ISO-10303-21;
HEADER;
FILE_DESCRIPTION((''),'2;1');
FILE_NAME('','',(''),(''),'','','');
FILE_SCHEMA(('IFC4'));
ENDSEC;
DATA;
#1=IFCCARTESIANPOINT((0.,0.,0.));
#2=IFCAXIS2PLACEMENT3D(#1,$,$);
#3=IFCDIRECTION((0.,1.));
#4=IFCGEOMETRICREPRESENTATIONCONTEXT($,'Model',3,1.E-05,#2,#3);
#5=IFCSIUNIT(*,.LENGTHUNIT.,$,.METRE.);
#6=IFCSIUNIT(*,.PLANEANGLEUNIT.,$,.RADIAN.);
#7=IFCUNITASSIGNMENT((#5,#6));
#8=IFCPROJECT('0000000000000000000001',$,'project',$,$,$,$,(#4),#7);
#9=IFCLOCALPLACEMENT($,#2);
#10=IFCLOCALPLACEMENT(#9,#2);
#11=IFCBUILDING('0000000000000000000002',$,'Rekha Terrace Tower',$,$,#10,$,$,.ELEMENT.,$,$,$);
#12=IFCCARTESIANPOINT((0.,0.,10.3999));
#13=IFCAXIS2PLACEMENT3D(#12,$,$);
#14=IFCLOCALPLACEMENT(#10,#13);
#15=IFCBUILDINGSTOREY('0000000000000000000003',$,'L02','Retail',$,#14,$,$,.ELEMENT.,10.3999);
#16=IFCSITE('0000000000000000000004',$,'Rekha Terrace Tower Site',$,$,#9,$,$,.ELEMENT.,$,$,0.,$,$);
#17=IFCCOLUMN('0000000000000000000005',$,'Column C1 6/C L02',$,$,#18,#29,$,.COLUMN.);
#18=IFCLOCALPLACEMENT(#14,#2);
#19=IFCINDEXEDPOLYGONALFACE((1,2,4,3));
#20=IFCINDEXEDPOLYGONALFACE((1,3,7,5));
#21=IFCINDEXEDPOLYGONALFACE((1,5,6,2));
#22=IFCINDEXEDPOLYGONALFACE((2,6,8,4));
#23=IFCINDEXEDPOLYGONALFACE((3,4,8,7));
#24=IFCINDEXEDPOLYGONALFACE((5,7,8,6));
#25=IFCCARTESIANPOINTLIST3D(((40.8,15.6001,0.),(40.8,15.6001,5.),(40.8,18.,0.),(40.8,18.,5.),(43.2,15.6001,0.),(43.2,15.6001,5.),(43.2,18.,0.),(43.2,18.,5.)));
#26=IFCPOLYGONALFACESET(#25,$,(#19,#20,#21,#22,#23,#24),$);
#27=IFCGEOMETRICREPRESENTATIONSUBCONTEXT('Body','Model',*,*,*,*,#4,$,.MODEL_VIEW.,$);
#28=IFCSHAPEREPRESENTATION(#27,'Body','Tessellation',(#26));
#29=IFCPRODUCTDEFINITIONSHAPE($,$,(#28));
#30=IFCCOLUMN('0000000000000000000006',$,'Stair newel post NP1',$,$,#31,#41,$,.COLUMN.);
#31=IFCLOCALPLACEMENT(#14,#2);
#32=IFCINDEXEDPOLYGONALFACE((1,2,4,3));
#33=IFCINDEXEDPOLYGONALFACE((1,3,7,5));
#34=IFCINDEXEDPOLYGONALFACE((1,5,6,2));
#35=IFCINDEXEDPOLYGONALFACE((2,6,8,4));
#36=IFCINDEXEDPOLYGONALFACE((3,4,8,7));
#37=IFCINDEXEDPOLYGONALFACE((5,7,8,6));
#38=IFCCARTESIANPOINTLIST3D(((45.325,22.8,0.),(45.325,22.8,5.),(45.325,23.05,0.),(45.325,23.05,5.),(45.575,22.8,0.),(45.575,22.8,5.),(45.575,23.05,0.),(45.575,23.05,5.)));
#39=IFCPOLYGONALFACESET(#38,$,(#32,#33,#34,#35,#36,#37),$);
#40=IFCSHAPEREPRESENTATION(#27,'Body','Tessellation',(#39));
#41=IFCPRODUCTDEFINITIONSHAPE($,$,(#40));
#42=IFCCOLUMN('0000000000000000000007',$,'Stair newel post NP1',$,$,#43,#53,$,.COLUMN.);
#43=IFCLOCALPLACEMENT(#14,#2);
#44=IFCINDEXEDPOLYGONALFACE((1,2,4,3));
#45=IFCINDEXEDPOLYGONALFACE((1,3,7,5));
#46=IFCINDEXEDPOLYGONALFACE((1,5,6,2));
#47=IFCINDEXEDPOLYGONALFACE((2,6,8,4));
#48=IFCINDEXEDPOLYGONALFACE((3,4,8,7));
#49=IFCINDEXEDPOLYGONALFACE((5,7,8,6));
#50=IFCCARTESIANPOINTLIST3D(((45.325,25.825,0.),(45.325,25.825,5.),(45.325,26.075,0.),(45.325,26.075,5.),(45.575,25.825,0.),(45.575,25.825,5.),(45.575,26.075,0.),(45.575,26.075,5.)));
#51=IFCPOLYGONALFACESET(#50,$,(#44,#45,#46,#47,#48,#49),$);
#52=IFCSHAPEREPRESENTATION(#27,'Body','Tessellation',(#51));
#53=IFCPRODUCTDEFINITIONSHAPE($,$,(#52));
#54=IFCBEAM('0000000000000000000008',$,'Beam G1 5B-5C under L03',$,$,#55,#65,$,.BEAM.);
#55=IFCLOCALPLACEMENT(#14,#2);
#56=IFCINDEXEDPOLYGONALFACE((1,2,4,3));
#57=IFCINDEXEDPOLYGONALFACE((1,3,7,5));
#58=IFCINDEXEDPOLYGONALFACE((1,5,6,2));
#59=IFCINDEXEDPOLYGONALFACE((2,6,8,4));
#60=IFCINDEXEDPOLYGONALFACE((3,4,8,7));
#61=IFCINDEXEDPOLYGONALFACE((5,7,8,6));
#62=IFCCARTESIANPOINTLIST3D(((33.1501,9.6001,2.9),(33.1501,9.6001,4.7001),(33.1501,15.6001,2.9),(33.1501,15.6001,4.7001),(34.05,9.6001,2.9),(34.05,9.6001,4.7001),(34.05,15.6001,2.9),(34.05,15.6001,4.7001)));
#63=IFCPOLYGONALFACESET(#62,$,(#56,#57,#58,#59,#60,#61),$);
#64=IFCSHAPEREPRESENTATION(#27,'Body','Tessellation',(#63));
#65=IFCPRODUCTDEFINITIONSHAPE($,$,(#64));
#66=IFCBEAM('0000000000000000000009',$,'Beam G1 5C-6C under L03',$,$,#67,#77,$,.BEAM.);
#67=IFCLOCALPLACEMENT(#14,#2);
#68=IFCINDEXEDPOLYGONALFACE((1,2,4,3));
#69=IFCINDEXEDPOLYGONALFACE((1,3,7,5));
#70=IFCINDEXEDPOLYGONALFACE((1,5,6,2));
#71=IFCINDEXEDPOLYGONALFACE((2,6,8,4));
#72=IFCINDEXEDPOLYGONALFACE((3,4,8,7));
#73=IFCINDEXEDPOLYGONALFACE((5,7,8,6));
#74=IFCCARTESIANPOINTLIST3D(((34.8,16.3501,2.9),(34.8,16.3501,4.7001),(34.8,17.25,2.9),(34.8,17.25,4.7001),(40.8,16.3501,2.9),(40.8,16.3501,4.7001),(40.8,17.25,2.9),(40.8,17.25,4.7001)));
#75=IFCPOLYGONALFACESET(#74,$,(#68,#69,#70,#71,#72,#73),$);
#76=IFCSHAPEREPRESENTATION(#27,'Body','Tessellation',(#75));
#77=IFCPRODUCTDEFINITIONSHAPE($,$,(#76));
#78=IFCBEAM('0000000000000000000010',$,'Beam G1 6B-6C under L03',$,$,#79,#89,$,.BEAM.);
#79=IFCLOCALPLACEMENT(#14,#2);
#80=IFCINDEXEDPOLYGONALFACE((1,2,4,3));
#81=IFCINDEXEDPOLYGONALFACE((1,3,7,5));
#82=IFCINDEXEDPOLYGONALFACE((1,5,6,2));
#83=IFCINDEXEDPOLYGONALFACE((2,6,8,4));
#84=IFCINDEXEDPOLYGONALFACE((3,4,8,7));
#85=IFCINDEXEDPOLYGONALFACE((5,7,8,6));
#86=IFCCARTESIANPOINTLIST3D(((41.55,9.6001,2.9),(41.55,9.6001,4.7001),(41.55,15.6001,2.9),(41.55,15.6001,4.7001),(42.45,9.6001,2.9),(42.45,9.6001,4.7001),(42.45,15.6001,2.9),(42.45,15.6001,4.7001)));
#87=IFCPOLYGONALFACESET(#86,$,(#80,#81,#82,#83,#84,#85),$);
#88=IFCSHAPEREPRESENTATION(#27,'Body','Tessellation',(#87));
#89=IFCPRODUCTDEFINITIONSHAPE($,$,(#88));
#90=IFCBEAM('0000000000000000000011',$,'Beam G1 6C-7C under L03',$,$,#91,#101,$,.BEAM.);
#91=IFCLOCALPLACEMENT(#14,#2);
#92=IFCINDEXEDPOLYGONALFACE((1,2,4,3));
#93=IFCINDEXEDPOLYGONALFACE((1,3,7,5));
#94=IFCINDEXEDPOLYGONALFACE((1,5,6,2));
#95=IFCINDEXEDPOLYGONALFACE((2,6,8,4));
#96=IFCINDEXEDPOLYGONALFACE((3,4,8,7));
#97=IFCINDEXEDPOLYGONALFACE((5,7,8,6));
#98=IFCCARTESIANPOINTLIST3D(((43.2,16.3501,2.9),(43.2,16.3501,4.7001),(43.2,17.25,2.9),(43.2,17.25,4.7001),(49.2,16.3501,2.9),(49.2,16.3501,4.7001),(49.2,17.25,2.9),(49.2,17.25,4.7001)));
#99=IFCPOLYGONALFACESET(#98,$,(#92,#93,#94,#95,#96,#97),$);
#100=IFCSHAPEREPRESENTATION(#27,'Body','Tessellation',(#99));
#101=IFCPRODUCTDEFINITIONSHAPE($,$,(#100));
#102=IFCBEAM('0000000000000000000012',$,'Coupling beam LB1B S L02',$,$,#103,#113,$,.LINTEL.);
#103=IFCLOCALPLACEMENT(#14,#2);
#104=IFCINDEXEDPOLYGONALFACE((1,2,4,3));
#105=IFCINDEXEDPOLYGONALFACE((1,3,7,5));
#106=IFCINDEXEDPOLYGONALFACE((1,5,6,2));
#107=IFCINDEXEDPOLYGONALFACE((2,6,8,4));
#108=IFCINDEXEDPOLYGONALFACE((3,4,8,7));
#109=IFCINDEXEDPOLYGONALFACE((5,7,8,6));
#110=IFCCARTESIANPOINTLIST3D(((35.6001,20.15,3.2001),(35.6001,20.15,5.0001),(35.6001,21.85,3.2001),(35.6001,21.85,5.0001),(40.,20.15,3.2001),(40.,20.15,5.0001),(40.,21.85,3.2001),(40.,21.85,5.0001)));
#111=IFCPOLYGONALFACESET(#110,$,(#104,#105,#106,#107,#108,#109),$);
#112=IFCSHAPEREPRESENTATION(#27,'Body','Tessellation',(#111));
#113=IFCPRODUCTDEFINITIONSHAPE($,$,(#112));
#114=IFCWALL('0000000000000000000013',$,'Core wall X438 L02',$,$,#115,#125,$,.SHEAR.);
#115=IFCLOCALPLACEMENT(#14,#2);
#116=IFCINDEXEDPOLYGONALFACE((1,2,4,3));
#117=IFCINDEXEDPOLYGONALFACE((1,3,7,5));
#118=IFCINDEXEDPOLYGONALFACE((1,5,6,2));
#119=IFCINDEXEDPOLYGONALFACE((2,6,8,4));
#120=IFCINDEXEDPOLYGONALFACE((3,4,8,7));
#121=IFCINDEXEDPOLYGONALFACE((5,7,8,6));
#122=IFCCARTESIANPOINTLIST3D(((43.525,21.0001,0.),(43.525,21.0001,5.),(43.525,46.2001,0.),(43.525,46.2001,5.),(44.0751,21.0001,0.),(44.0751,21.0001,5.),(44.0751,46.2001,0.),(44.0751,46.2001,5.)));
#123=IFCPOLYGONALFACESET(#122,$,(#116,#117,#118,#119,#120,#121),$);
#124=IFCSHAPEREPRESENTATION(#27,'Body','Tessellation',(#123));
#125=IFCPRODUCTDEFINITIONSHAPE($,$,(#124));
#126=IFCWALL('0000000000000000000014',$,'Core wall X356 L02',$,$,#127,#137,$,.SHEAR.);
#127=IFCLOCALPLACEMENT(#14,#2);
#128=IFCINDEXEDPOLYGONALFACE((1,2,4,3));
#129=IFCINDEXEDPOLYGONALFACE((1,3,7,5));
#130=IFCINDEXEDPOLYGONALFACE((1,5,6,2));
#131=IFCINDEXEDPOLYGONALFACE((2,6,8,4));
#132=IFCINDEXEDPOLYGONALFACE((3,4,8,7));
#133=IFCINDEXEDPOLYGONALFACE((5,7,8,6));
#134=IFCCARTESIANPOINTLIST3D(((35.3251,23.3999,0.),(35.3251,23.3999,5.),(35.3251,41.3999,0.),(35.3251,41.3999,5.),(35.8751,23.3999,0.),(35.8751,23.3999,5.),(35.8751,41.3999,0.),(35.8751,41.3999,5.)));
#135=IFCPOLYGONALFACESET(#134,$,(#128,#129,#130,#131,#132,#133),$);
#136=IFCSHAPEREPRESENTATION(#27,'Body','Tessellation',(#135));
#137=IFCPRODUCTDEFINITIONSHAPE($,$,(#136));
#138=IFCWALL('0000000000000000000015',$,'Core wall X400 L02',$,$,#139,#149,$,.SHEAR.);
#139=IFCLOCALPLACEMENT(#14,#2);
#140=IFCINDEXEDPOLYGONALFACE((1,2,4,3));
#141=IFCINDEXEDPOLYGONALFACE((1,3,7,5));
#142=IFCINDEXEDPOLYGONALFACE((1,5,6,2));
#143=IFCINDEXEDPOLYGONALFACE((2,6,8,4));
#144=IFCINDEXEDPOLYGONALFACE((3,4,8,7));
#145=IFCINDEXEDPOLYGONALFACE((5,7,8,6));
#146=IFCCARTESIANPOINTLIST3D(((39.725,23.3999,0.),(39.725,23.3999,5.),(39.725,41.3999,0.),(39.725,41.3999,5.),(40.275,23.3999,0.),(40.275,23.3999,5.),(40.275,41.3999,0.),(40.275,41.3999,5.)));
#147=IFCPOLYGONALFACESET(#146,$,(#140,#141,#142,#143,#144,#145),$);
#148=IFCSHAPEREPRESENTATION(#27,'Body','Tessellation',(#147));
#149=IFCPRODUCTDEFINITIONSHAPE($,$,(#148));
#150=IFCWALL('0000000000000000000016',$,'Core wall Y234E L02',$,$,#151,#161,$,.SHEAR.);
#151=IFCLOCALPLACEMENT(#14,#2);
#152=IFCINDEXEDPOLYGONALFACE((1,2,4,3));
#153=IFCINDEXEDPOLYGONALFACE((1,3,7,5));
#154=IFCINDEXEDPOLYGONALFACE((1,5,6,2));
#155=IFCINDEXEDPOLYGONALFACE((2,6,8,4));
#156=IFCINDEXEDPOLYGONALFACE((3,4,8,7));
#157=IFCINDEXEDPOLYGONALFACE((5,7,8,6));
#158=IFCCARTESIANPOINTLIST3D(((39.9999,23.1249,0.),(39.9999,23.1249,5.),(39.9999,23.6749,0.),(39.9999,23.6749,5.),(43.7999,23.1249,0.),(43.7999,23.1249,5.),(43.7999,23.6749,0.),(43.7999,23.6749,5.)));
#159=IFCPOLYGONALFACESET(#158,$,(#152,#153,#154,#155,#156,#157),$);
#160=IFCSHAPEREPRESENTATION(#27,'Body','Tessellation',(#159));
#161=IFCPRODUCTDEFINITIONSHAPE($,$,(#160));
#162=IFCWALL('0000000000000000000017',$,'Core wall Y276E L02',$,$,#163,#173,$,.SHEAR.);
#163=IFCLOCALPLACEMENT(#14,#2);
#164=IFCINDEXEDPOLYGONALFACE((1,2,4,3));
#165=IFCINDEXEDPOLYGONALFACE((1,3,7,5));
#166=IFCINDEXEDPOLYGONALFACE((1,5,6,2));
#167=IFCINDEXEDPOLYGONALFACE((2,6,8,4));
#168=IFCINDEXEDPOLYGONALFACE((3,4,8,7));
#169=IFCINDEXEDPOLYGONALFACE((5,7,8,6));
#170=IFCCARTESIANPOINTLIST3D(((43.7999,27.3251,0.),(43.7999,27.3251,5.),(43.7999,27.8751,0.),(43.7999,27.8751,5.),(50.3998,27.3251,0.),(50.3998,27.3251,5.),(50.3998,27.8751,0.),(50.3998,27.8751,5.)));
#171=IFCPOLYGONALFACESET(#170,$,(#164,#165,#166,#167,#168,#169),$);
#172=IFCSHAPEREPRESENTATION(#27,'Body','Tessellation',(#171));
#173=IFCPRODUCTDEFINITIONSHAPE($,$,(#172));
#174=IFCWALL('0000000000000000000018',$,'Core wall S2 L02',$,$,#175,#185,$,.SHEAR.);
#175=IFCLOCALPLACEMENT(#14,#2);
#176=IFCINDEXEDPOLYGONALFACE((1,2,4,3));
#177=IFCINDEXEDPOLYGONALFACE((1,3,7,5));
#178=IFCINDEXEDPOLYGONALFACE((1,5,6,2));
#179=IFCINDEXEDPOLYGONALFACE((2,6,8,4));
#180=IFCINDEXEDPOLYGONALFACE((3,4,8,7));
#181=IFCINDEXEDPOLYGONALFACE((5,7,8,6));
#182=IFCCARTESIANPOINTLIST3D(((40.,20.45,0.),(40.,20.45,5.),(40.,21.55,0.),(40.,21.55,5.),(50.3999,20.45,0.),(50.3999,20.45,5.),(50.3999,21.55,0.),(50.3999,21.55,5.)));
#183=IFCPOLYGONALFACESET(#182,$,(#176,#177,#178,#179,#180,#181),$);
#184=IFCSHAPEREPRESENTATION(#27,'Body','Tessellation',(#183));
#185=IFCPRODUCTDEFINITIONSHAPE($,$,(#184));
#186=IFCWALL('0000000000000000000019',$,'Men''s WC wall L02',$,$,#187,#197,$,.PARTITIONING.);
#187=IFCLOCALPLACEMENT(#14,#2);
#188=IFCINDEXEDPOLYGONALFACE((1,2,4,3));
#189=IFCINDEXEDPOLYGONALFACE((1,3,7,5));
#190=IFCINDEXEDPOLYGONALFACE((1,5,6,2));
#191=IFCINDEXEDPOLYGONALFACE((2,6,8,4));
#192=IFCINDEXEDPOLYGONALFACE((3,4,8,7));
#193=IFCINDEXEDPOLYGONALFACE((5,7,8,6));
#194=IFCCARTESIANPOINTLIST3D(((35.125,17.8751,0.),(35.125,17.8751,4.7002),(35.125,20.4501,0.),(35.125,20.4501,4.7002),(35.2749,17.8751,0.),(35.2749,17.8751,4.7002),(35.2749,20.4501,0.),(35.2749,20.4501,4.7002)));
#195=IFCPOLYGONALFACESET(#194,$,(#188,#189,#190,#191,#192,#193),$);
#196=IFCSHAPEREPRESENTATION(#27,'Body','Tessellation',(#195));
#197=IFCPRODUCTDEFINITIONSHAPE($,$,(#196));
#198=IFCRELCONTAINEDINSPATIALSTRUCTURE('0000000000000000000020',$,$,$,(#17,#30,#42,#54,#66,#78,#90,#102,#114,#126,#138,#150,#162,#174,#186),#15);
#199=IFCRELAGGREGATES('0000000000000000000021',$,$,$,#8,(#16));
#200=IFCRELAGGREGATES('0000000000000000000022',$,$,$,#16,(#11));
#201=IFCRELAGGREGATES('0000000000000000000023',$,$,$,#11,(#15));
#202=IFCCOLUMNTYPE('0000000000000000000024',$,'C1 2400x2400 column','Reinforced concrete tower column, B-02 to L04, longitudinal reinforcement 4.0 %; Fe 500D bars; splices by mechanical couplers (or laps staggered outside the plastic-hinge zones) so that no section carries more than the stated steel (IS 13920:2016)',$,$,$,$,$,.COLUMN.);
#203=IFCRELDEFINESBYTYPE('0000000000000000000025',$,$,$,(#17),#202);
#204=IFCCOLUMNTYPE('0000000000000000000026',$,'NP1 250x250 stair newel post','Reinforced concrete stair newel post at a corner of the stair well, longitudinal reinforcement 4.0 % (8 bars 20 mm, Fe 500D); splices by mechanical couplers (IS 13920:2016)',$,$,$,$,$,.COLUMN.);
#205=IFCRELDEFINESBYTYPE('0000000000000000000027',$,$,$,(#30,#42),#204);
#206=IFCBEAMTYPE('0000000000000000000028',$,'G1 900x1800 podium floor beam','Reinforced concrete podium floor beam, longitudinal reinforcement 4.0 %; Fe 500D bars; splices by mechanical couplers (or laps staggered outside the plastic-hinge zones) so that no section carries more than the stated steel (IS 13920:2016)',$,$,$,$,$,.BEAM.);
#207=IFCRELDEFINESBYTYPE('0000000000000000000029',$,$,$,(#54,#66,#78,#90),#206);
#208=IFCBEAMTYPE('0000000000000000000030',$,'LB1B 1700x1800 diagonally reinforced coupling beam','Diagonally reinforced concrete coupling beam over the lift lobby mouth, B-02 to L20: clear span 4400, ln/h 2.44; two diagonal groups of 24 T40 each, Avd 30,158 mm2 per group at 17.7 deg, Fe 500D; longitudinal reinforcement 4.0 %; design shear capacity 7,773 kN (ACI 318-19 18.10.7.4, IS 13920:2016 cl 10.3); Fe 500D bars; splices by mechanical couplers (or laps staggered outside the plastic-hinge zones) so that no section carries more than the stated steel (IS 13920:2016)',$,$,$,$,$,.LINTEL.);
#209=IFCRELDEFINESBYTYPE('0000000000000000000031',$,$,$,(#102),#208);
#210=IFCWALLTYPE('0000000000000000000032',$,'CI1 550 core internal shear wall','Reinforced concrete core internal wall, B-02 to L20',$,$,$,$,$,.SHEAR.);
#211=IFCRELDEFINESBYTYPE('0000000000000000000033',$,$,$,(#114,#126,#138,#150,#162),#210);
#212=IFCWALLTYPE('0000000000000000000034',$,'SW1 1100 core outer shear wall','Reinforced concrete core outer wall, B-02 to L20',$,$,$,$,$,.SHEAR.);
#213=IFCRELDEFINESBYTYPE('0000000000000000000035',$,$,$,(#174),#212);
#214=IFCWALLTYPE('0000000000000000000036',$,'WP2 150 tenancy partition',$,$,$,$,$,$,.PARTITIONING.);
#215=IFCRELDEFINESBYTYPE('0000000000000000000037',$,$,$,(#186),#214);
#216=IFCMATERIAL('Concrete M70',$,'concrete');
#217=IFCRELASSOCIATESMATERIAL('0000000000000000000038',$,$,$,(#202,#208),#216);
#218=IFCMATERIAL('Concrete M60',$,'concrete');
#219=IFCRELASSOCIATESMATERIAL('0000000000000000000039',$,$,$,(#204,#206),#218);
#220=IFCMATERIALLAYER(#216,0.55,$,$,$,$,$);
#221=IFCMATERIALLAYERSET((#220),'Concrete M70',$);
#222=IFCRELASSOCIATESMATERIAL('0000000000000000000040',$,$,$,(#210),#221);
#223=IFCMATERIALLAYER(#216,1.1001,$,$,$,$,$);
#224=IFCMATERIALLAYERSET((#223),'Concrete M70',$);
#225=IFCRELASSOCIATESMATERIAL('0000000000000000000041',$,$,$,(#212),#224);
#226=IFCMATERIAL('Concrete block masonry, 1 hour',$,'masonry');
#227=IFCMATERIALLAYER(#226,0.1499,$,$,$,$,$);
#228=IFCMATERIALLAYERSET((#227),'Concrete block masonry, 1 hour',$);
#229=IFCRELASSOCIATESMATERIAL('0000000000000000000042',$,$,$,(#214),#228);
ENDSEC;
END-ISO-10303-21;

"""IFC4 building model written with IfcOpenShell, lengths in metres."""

from ifc_helpers import new_model, si_unit, direction, frame, frame_2d, origin, origin_2d, place, context, subcontext, project, spatial, rectangle, extrude, material, layer, layer_set, material_profile, profile_set, type_object, element, save


model = new_model("IFC4")

# Units and contexts
model_context = context("Model", 3, precision=1e-05, world=origin(), true_north=direction((0.0, 1.0)))
body_context = subcontext(model_context, "Body", "Model", "MODEL_VIEW")
ifc_project = project(units=[si_unit("LENGTHUNIT", "METRE"), si_unit("PLANEANGLEUNIT", "RADIAN")], contexts=[model_context])

# Site, building, storey
site_placement = place(None, origin())
site = spatial("IfcSite", under=ifc_project, at=site_placement, Name="Rekha Terrace Tower Site", CompositionType="ELEMENT", RefElevation=0.0)
building_placement = place(site_placement, origin())
building = spatial("IfcBuilding", under=site, at=building_placement, Name="Rekha Terrace Tower", CompositionType="ELEMENT")
storey_placement = place(building_placement, frame((0.0, 0.0, 10.3999)))
storey = spatial("IfcBuildingStorey", under=building, at=storey_placement, Name="L02", Description="Retail", CompositionType="ELEMENT", Elevation=10.3999)

# Columns
ifc_material_1 = material(Name="Concrete M70", Category="concrete")
ifc_material_profile_1 = material_profile(ifc_material_1, rectangle(XDim=2.3999, YDim=2.3999, at=origin_2d()), Name="RC 2400x2400")
ifc_profile_set_1 = profile_set([ifc_material_profile_1], Name="Concrete M70")
column_type_1 = type_object("IfcColumnType", Name="C1 2400x2400 column", Description="Reinforced concrete tower column, B-02 to L04, longitudinal reinforcement 4.0 %; Fe 500D bars; splices by mechanical couplers (or laps staggered outside the plastic-hinge zones) so that no section carries more than the stated steel (IS 13920:2016)", PredefinedType="COLUMN", material=ifc_profile_set_1)
column_placement = place(storey_placement, frame((42.0, 16.8, 0.0), z_axis=(0.0, 0.0, 1.0), x_axis=(1.0, 0.0, 0.0)))
element("IfcColumn", 1, at=column_placement, inside=storey, type_object=column_type_1, Name="Column C1 6/C L02", PredefinedType="COLUMN", context=body_context, shape_type="SweptSolid", body=[
    extrude(rectangle(XDim=2.3999, YDim=2.3999, at=origin_2d()), origin(), (0.0, 0.0, 1.0), 5.0),
])
ifc_material_2 = material(Name="Concrete M60", Category="concrete")
ifc_material_profile_2 = material_profile(ifc_material_2, rectangle(XDim=0.25, YDim=0.25, at=origin_2d()), Name="RC 250x250")
ifc_profile_set_2 = profile_set([ifc_material_profile_2], Name="Concrete M60")
column_type_2 = type_object("IfcColumnType", Name="NP1 250x250 stair newel post", Description="Reinforced concrete stair newel post at a corner of the stair well, longitudinal reinforcement 4.0 % (8 bars 20 mm, Fe 500D); splices by mechanical couplers (IS 13920:2016)", PredefinedType="COLUMN", material=ifc_profile_set_2)
for number, where, z_axis, x_axis, name in (
    (2, (45.45, 22.925, 0.0), (0.0, 0.0, 1.0), (1.0, 0.0, 0.0), "Stair newel post NP1"),
    (3, (45.45, 25.95, 0.0), (0.0, 0.0, 1.0), (1.0, 0.0, 0.0), "Stair newel post NP1"),
):
    element("IfcColumn", number, at=place(storey_placement, frame(where, z_axis=z_axis, x_axis=x_axis)), inside=storey, type_object=column_type_2, Name=name, PredefinedType="COLUMN", context=body_context, shape_type="SweptSolid", body=[
        extrude(rectangle(XDim=0.25, YDim=0.25, at=origin_2d()), origin(), (0.0, 0.0, 1.0), 5.0),
    ])

# Beams
ifc_material_profile_3 = material_profile(ifc_material_2, rectangle(XDim=0.8999, YDim=1.8, at=origin_2d()), Name="RC 900x1800")
ifc_profile_set_3 = profile_set([ifc_material_profile_3], Name="Concrete M60")
beam_type_1 = type_object("IfcBeamType", Name="G1 900x1800 podium floor beam", Description="Reinforced concrete podium floor beam, longitudinal reinforcement 4.0 %; Fe 500D bars; splices by mechanical couplers (or laps staggered outside the plastic-hinge zones) so that no section carries more than the stated steel (IS 13920:2016)", PredefinedType="BEAM", material=ifc_profile_set_3)
for number, where, z_axis, x_axis, name in (
    (4, (33.6001, 9.6001, 3.8), (0.0, 1.0, 0.0), (-1.0, 0.0, 0.0), "Beam G1 5B-5C under L03"),
    (5, (34.8, 16.8, 3.8), (1.0, 0.0, 0.0), (0.0, 1.0, 0.0), "Beam G1 5C-6C under L03"),
    (6, (42.0, 9.6001, 3.8), (0.0, 1.0, 0.0), (-1.0, 0.0, 0.0), "Beam G1 6B-6C under L03"),
    (7, (43.2, 16.8, 3.8), (1.0, 0.0, 0.0), (0.0, 1.0, 0.0), "Beam G1 6C-7C under L03"),
):
    element("IfcBeam", number, at=place(storey_placement, frame(where, z_axis=z_axis, x_axis=x_axis)), inside=storey, type_object=beam_type_1, Name=name, PredefinedType="BEAM", context=body_context, shape_type="SweptSolid", body=[
        extrude(rectangle(XDim=0.8999, YDim=1.8, at=origin_2d()), origin(), (0.0, 0.0, 1.0), 6.0),
    ])
ifc_material_profile_4 = material_profile(ifc_material_1, rectangle(XDim=1.7, YDim=1.8, at=origin_2d()), Name="RC 1700x1800")
ifc_profile_set_4 = profile_set([ifc_material_profile_4], Name="Concrete M70")
beam_type_2 = type_object("IfcBeamType", Name="LB1B 1700x1800 diagonally reinforced coupling beam", Description="Diagonally reinforced concrete coupling beam over the lift lobby mouth, B-02 to L20: clear span 4400, ln/h 2.44; two diagonal groups of 24 T40 each, Avd 30,158 mm2 per group at 17.7 deg, Fe 500D; longitudinal reinforcement 4.0 %; design shear capacity 7,773 kN (ACI 318-19 18.10.7.4, IS 13920:2016 cl 10.3); Fe 500D bars; splices by mechanical couplers (or laps staggered outside the plastic-hinge zones) so that no section carries more than the stated steel (IS 13920:2016)", PredefinedType="LINTEL", material=ifc_profile_set_4)
beam_placement = place(storey_placement, frame((35.6001, 21.0, 4.1001), z_axis=(1.0, 0.0, 0.0), x_axis=(0.0, 1.0, 0.0)))
element("IfcBeam", 8, at=beam_placement, inside=storey, type_object=beam_type_2, Name="Coupling beam LB1B S L02", PredefinedType="LINTEL", context=body_context, shape_type="SweptSolid", body=[
    extrude(rectangle(XDim=1.7, YDim=1.8, at=origin_2d()), origin(), (0.0, 0.0, 1.0), 4.3999),
])

# Walls
ifc_layer_1 = layer(ifc_material_1, 0.55)
ifc_layer_set_1 = layer_set([ifc_layer_1], Name="Concrete M70")
wall_type_1 = type_object("IfcWallType", Name="CI1 550 core internal shear wall", Description="Reinforced concrete core internal wall, B-02 to L20", PredefinedType="SHEAR", material=ifc_layer_set_1)
wall_1_placement = place(storey_placement, frame((43.8, 21.0, 0.0), z_axis=(0.0, 0.0, 1.0), x_axis=(0.0, 1.0, 0.0)))
element("IfcWall", 9, at=wall_1_placement, inside=storey, type_object=wall_type_1, Name="Core wall X438 L02", PredefinedType="SHEAR", context=body_context, shape_type="SweptSolid", body=[
    extrude(rectangle(XDim=25.2, YDim=0.55, at=frame_2d((12.6001, 0.0))), origin(), (0.0, 0.0, 1.0), 5.0),
])
for number, where, z_axis, x_axis, name in (
    (10, (35.6001, 23.3999, 0.0), (0.0, 0.0, 1.0), (0.0, 1.0, 0.0), "Core wall X356 L02"),
    (11, (40.0, 23.3999, 0.0), (0.0, 0.0, 1.0), (0.0, 1.0, 0.0), "Core wall X400 L02"),
):
    element("IfcWall", number, at=place(storey_placement, frame(where, z_axis=z_axis, x_axis=x_axis)), inside=storey, type_object=wall_type_1, Name=name, PredefinedType="SHEAR", context=body_context, shape_type="SweptSolid", body=[
        extrude(rectangle(XDim=18.0, YDim=0.55, at=frame_2d((9.0, 0.0))), origin(), (0.0, 0.0, 1.0), 5.0),
    ])
wall_2_placement = place(storey_placement, frame((40.0, 23.3999, 0.0), z_axis=(0.0, 0.0, 1.0), x_axis=(1.0, 0.0, 0.0)))
element("IfcWall", 12, at=wall_2_placement, inside=storey, type_object=wall_type_1, Name="Core wall Y234E L02", PredefinedType="SHEAR", context=body_context, shape_type="SweptSolid", body=[
    extrude(rectangle(XDim=3.8, YDim=0.55, at=frame_2d((1.8999, 0.0))), origin(), (0.0, 0.0, 1.0), 5.0),
])
wall_3_placement = place(storey_placement, frame((43.8, 27.6001, 0.0), z_axis=(0.0, 0.0, 1.0), x_axis=(1.0, 0.0, 0.0)))
element("IfcWall", 13, at=wall_3_placement, inside=storey, type_object=wall_type_1, Name="Core wall Y276E L02", PredefinedType="SHEAR", context=body_context, shape_type="SweptSolid", body=[
    extrude(rectangle(XDim=6.5999, YDim=0.55, at=frame_2d((3.2998, 0.0))), origin(), (0.0, 0.0, 1.0), 5.0),
])
ifc_layer_2 = layer(ifc_material_1, 1.1001)
ifc_layer_set_2 = layer_set([ifc_layer_2], Name="Concrete M70")
wall_type_2 = type_object("IfcWallType", Name="SW1 1100 core outer shear wall", Description="Reinforced concrete core outer wall, B-02 to L20", PredefinedType="SHEAR", material=ifc_layer_set_2)
wall_4_placement = place(storey_placement, frame((40.0, 21.0, 0.0), z_axis=(0.0, 0.0, 1.0), x_axis=(1.0, 0.0, 0.0)))
element("IfcWall", 14, at=wall_4_placement, inside=storey, type_object=wall_type_2, Name="Core wall S2 L02", PredefinedType="SHEAR", context=body_context, shape_type="SweptSolid", body=[
    extrude(rectangle(XDim=10.3999, YDim=1.1001, at=frame_2d((5.2, 0.0))), origin(), (0.0, 0.0, 1.0), 5.0),
])
ifc_material_3 = material(Name="Concrete block masonry, 1 hour", Category="masonry")
ifc_layer_3 = layer(ifc_material_3, 0.1499)
ifc_layer_set_3 = layer_set([ifc_layer_3], Name="Concrete block masonry, 1 hour")
wall_type_3 = type_object("IfcWallType", Name="WP2 150 tenancy partition", PredefinedType="PARTITIONING", material=ifc_layer_set_3)
wall_5_placement = place(storey_placement, frame((35.2, 17.875, 0.0), z_axis=(0.0, 0.0, 1.0), x_axis=(0.0, 1.0, 0.0)))
element("IfcWall", 15, at=wall_5_placement, inside=storey, type_object=wall_type_3, Name="Men's WC wall L02", PredefinedType="PARTITIONING", context=body_context, shape_type="SweptSolid", body=[
    extrude(rectangle(XDim=2.575, YDim=0.1499, at=frame_2d((1.2876, 0.0))), origin(), (0.0, 0.0, 1.0), 4.7002),
])

save(model, "model.ifc")
